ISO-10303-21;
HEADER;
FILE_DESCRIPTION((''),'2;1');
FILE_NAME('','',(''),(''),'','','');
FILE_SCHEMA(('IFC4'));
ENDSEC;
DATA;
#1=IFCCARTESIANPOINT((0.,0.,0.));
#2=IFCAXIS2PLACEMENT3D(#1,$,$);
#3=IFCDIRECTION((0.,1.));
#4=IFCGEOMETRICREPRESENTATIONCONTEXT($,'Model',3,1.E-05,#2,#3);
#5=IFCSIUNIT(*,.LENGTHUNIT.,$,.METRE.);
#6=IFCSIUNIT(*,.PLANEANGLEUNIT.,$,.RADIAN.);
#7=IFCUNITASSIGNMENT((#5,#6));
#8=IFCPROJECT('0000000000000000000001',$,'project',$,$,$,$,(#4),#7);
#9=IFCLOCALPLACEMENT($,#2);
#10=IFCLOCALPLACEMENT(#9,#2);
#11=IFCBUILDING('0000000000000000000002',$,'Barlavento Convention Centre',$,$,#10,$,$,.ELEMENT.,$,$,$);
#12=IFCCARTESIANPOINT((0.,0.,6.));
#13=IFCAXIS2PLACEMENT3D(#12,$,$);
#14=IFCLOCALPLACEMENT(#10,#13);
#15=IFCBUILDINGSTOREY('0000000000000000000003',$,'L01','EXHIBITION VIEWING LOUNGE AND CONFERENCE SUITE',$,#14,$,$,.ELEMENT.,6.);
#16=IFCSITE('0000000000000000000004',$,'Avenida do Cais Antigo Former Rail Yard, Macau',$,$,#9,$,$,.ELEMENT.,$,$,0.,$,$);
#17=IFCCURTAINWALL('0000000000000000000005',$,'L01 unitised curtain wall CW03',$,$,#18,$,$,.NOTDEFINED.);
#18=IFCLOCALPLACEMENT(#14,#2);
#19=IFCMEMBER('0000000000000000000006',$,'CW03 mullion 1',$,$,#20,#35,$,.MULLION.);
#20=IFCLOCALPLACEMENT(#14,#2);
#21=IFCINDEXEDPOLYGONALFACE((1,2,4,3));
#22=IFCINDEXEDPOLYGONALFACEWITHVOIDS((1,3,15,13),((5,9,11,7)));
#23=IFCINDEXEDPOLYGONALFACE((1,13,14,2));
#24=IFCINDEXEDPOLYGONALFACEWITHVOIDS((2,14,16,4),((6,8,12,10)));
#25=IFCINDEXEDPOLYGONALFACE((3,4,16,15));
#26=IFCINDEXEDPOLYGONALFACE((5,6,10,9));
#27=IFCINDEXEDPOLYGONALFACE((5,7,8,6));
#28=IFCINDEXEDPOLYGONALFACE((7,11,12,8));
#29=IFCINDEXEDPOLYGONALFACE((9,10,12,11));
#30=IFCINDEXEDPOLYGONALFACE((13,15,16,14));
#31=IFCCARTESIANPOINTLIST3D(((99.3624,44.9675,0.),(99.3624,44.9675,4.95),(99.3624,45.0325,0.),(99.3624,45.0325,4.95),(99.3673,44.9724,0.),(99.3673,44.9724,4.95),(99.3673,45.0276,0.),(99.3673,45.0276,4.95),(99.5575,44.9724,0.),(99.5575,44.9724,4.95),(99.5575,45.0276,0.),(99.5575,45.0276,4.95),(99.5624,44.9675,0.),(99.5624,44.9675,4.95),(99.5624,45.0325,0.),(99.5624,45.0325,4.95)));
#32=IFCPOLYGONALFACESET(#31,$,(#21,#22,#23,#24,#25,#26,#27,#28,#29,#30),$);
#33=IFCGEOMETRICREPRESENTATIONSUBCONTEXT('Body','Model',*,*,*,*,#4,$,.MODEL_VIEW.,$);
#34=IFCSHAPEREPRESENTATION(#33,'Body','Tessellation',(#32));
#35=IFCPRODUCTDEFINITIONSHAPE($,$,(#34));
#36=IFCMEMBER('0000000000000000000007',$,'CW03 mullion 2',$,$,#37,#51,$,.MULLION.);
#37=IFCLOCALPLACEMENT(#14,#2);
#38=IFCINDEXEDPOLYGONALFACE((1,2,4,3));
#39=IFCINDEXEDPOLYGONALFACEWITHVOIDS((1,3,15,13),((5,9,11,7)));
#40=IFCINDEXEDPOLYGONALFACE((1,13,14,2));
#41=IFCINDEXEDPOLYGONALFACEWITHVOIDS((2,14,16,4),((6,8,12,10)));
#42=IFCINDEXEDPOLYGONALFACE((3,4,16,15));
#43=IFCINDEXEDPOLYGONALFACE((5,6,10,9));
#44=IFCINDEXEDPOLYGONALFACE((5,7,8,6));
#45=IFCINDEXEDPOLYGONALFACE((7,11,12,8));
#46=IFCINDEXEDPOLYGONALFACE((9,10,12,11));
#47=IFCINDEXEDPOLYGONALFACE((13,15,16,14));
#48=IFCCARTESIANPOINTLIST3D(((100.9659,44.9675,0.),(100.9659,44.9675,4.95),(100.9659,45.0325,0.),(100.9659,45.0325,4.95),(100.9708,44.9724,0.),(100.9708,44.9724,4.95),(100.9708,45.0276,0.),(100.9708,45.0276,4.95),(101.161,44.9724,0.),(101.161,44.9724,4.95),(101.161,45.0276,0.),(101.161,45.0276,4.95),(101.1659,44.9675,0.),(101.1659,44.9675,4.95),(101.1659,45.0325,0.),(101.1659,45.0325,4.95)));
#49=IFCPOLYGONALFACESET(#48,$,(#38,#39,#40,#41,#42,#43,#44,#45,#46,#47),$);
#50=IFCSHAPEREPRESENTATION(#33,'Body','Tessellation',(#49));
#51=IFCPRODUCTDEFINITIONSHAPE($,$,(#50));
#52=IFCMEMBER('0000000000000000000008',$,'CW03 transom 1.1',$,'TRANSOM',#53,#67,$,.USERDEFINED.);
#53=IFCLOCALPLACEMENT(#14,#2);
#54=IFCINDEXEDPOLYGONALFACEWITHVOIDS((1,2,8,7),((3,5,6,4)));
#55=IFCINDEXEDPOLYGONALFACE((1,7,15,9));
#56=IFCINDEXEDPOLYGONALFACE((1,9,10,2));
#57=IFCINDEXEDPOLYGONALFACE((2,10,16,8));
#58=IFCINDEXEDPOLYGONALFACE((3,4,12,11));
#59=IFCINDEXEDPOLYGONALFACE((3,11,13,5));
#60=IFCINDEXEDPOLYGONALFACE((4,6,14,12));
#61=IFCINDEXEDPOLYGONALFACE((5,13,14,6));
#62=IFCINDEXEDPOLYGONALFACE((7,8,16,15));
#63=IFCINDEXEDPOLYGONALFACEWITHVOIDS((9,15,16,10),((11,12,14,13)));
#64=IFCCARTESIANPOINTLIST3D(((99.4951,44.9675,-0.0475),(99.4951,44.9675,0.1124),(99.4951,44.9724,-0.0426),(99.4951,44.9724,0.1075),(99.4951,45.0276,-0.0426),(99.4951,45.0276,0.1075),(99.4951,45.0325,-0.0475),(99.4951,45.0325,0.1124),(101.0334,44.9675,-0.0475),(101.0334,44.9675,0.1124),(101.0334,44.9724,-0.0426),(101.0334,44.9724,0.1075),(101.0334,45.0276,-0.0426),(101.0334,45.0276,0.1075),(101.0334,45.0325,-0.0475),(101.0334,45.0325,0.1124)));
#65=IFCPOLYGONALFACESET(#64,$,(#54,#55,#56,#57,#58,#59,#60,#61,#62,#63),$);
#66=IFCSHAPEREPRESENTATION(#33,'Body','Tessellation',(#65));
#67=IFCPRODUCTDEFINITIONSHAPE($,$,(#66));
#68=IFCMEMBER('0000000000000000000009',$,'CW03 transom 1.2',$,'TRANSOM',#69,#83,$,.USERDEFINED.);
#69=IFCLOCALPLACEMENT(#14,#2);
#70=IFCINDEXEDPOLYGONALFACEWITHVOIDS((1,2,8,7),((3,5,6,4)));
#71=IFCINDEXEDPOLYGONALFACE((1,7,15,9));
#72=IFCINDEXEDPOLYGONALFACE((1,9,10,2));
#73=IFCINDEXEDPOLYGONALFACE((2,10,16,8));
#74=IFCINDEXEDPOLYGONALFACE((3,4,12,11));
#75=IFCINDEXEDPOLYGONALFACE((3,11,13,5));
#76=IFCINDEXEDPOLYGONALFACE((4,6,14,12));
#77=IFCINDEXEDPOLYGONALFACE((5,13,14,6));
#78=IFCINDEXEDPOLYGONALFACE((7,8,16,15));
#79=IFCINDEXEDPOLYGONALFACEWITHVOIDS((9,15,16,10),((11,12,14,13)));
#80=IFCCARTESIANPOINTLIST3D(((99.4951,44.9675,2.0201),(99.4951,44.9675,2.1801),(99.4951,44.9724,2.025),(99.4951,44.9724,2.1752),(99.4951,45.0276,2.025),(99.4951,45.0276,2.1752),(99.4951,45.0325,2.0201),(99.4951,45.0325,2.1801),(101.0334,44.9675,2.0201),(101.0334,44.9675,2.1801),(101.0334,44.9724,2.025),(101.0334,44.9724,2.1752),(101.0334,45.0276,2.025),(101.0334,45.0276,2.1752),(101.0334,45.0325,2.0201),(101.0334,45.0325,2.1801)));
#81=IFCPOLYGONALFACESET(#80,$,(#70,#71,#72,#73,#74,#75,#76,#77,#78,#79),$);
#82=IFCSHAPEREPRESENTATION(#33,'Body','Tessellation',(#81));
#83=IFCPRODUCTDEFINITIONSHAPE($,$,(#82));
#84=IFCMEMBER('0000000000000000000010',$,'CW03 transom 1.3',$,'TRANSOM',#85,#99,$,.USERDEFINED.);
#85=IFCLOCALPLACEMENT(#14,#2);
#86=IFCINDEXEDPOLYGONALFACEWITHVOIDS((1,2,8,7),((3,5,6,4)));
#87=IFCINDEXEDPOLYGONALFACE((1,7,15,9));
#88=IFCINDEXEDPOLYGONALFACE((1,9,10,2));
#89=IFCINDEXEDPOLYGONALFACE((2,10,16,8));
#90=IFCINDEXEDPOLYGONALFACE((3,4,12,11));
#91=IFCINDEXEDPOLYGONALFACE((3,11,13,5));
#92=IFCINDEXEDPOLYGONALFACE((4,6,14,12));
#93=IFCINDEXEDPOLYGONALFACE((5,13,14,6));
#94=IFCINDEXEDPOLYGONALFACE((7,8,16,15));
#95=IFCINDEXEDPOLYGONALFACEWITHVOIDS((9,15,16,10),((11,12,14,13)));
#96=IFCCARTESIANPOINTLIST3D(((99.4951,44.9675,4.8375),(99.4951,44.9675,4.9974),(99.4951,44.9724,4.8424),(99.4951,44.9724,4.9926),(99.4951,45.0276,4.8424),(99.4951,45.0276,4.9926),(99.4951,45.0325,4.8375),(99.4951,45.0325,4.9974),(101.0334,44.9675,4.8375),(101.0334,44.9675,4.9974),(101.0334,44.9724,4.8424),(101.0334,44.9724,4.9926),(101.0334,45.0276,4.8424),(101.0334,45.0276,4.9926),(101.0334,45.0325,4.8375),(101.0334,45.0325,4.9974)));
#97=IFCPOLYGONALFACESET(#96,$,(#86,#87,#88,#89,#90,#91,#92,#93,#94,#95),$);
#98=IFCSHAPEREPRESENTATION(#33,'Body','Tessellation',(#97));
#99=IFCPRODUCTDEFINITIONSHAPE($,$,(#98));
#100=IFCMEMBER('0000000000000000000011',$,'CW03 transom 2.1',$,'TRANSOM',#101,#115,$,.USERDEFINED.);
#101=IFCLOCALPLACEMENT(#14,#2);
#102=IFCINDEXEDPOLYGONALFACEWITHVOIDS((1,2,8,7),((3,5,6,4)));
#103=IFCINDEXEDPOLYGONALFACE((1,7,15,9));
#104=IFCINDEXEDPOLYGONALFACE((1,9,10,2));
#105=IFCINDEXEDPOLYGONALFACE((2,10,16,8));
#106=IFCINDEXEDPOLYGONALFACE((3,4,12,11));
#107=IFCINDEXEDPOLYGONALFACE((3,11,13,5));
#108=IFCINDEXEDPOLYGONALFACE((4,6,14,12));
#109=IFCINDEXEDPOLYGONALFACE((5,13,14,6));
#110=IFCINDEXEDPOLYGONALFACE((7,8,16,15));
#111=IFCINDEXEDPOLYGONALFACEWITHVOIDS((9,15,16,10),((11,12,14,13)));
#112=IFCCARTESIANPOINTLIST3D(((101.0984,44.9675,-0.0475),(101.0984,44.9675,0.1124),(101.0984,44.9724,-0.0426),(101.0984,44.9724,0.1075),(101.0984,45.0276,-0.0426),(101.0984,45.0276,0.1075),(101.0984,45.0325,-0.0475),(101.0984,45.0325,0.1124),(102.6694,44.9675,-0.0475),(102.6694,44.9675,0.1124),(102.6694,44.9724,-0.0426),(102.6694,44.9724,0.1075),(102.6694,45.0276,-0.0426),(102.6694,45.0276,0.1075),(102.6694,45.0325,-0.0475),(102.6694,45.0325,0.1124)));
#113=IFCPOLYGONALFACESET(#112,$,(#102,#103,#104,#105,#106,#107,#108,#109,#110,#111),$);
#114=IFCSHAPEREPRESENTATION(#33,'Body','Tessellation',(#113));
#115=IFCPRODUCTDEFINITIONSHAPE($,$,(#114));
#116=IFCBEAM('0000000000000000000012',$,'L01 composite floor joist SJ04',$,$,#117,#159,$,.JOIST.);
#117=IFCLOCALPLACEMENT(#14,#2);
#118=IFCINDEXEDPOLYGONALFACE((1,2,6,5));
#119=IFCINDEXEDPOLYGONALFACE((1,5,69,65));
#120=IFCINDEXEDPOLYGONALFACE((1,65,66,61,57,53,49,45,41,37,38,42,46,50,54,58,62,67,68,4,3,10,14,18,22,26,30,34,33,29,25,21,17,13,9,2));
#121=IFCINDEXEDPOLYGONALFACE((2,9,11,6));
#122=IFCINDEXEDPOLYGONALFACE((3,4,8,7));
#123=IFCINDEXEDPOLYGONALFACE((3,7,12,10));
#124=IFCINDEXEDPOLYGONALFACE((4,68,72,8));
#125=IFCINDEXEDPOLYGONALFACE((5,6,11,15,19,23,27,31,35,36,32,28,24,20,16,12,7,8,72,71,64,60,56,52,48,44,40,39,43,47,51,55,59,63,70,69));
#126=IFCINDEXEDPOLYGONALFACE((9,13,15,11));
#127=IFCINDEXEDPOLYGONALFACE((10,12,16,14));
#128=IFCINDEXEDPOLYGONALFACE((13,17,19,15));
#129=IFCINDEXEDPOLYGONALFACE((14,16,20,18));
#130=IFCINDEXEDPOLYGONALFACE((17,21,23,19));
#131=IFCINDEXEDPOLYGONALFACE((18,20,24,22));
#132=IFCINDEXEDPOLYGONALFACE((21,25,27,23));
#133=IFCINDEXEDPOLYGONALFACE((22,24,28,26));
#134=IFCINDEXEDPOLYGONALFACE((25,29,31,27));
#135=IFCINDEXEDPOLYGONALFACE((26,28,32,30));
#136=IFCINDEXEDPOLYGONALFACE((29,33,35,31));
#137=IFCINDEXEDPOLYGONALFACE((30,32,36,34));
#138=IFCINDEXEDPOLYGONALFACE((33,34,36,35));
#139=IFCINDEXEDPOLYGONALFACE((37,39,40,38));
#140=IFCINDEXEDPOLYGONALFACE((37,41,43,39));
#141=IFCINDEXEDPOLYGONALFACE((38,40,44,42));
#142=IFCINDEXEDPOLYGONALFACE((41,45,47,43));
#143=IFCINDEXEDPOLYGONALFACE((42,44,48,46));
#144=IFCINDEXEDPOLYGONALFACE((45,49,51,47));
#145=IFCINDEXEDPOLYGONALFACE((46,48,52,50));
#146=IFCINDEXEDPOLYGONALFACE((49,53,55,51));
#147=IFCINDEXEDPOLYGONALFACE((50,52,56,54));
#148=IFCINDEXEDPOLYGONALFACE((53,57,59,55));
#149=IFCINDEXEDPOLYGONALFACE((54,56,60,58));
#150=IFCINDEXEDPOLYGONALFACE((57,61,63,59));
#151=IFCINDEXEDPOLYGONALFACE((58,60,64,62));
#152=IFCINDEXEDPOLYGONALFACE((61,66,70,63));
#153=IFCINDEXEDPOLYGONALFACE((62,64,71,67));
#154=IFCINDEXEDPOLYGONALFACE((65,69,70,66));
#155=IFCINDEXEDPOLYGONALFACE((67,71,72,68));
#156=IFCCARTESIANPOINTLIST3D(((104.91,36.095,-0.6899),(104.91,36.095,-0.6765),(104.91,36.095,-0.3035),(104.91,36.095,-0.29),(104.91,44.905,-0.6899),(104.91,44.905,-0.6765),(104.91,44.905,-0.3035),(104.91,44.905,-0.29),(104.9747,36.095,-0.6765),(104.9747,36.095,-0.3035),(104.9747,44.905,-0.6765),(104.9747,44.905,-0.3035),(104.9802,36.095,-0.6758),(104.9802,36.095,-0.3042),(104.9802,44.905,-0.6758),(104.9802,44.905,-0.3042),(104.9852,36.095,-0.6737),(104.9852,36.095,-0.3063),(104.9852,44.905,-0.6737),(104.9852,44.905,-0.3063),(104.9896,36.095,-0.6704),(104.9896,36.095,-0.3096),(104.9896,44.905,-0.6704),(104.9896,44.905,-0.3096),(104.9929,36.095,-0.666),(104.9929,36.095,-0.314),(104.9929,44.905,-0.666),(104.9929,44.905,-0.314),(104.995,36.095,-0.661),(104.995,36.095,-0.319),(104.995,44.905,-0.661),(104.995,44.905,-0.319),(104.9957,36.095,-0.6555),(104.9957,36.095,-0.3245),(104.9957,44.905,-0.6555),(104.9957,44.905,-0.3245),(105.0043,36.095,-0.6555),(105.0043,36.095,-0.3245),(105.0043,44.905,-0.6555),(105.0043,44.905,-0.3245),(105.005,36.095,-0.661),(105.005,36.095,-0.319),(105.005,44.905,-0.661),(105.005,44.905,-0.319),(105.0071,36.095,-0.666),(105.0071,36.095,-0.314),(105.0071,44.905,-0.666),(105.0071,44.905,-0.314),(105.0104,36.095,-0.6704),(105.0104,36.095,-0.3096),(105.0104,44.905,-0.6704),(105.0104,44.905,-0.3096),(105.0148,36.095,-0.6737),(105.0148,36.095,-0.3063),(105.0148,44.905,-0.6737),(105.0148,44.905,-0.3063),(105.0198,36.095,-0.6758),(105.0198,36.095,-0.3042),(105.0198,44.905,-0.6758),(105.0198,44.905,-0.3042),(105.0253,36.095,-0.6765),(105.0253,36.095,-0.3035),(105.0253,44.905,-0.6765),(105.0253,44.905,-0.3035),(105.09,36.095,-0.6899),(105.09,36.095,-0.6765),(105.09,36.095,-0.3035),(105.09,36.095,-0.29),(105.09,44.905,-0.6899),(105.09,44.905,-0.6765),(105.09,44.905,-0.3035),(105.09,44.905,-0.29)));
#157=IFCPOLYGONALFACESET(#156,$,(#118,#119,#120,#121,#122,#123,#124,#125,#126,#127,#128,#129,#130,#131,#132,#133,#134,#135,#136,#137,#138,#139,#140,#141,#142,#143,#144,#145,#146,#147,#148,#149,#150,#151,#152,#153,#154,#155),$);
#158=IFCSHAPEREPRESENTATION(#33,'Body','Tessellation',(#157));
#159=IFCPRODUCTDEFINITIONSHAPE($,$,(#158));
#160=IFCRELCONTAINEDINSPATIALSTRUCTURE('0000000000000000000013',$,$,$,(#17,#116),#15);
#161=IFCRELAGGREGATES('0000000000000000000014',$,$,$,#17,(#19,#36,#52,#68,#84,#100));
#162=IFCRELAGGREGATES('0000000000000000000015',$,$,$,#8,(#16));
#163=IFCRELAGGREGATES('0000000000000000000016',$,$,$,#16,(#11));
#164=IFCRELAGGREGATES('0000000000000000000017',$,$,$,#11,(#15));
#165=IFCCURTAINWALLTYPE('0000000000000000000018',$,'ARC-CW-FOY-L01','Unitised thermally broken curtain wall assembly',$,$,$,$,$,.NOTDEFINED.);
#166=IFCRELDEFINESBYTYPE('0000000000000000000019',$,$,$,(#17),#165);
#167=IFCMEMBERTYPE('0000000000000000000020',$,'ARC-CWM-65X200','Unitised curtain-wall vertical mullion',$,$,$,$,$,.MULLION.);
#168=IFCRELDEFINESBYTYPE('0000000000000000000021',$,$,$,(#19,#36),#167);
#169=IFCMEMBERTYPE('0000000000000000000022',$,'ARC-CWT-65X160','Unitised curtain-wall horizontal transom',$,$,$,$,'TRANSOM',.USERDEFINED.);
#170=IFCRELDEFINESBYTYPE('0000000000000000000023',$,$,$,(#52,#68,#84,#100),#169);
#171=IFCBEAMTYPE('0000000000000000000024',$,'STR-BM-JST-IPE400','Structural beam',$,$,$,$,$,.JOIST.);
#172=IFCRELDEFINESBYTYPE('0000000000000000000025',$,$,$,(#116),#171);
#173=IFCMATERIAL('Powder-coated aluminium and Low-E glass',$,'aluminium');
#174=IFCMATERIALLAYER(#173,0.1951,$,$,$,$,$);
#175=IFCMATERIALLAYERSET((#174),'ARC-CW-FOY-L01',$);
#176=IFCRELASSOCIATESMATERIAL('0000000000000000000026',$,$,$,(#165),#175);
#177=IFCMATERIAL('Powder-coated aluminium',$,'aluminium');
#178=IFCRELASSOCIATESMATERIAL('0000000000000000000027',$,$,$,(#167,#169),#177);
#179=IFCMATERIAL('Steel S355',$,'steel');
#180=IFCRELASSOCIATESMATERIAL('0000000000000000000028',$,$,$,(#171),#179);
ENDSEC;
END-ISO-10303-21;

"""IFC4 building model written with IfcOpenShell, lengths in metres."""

from ifc_helpers import new_model, si_unit, direction, frame, origin, origin_2d, place, context, subcontext, project, spatial, hollow_rectangle, i_section, extrude, material, layer, layer_set, material_profile, profile_set, type_object, element, aggregate, save


model = new_model("IFC4")

# Units and contexts
model_context = context("Model", 3, precision=1e-05, world=origin(), true_north=direction((0.0, 1.0)))
body_context = subcontext(model_context, "Body", "Model", "MODEL_VIEW")
ifc_project = project(units=[si_unit("LENGTHUNIT", "METRE"), si_unit("PLANEANGLEUNIT", "RADIAN")], contexts=[model_context])

# Site, building, storey
site_placement = place(None, origin())
site = spatial("IfcSite", under=ifc_project, at=site_placement, Name="Avenida do Cais Antigo Former Rail Yard, Macau", CompositionType="ELEMENT", RefElevation=0.0)
building_placement = place(site_placement, origin())
building = spatial("IfcBuilding", under=site, at=building_placement, Name="Barlavento Convention Centre", CompositionType="ELEMENT")
storey_placement = place(building_placement, frame((0.0, 0.0, 6.0)))
storey = spatial("IfcBuildingStorey", under=building, at=storey_placement, Name="L01", Description="EXHIBITION VIEWING LOUNGE AND CONFERENCE SUITE", CompositionType="ELEMENT", Elevation=6.0)

# Curtain wall, members
ifc_material_1 = material(Name="Powder-coated aluminium and Low-E glass", Category="aluminium")
ifc_layer_1 = layer(ifc_material_1, 0.1951)
ifc_layer_set_1 = layer_set([ifc_layer_1], Name="ARC-CW-FOY-L01")
curtain_wall_type = type_object("IfcCurtainWallType", Name="ARC-CW-FOY-L01", Description="Unitised thermally broken curtain wall assembly", PredefinedType="NOTDEFINED", material=ifc_layer_set_1)
curtain_wall_placement = place(storey_placement, origin())
curtain_wall = element("IfcCurtainWall", 1, at=curtain_wall_placement, inside=storey, type_object=curtain_wall_type, Name="L01 unitised curtain wall CW03", PredefinedType="NOTDEFINED")
ifc_material_2 = material(Name="Powder-coated aluminium", Category="aluminium")
ifc_material_profile_1 = material_profile(ifc_material_2, hollow_rectangle(XDim=0.0649, YDim=0.2, WallThickness=0.0049, at=origin_2d()), Name="AL-MULL 65x200x5")
ifc_profile_set_1 = profile_set([ifc_material_profile_1], Name="Powder-coated aluminium")
member_type_1 = type_object("IfcMemberType", Name="ARC-CWM-65X200", Description="Unitised curtain-wall vertical mullion", PredefinedType="MULLION", material=ifc_profile_set_1)
member_1_placement = place(storey_placement, frame((99.4624, 45.0, 0.0), z_axis=(0.0, 0.0, 1.0), x_axis=(0.0, 1.0, 0.0)))
member_1 = element("IfcMember", 2, at=member_1_placement, type_object=member_type_1, Name="CW03 mullion 1", PredefinedType="MULLION", context=body_context, shape_type="SweptSolid", body=[
    extrude(hollow_rectangle(XDim=0.0649, YDim=0.2, WallThickness=0.0049, at=origin_2d()), origin(), (0.0, 0.0, 1.0), 4.95),
])
member_2_placement = place(storey_placement, frame((101.0659, 45.0, 0.0), z_axis=(0.0, 0.0, 1.0), x_axis=(0.0, 1.0, 0.0)))
member_2 = element("IfcMember", 3, at=member_2_placement, type_object=member_type_1, Name="CW03 mullion 2", PredefinedType="MULLION", context=body_context, shape_type="SweptSolid", body=[
    extrude(hollow_rectangle(XDim=0.0649, YDim=0.2, WallThickness=0.0049, at=origin_2d()), origin(), (0.0, 0.0, 1.0), 4.95),
])
ifc_material_profile_2 = material_profile(ifc_material_2, hollow_rectangle(XDim=0.0649, YDim=0.1599, WallThickness=0.0049, at=origin_2d()), Name="AL-TRAN 65x160x5")
ifc_profile_set_2 = profile_set([ifc_material_profile_2], Name="Powder-coated aluminium")
member_type_2 = type_object("IfcMemberType", Name="ARC-CWT-65X160", Description="Unitised curtain-wall horizontal transom", ElementType="TRANSOM", PredefinedType="USERDEFINED", material=ifc_profile_set_2)
member_3_placement = place(storey_placement, frame((99.4951, 45.0, 0.0325), z_axis=(1.0, 0.0, 0.0), x_axis=(0.0, 1.0, 0.0)))
member_3 = element("IfcMember", 4, at=member_3_placement, type_object=member_type_2, Name="CW03 transom 1.1", ObjectType="TRANSOM", PredefinedType="USERDEFINED", context=body_context, shape_type="SweptSolid", body=[
    extrude(hollow_rectangle(XDim=0.0649, YDim=0.1599, WallThickness=0.0049, at=origin_2d()), origin(), (0.0, 0.0, 1.0), 1.5383),
])
member_4_placement = place(storey_placement, frame((99.4951, 45.0, 2.1001), z_axis=(1.0, 0.0, 0.0), x_axis=(0.0, 1.0, 0.0)))
member_4 = element("IfcMember", 5, at=member_4_placement, type_object=member_type_2, Name="CW03 transom 1.2", ObjectType="TRANSOM", PredefinedType="USERDEFINED", context=body_context, shape_type="SweptSolid", body=[
    extrude(hollow_rectangle(XDim=0.0649, YDim=0.1599, WallThickness=0.0049, at=origin_2d()), origin(), (0.0, 0.0, 1.0), 1.5383),
])
member_5_placement = place(storey_placement, frame((99.4951, 45.0, 4.9175), z_axis=(1.0, 0.0, 0.0), x_axis=(0.0, 1.0, 0.0)))
member_5 = element("IfcMember", 6, at=member_5_placement, type_object=member_type_2, Name="CW03 transom 1.3", ObjectType="TRANSOM", PredefinedType="USERDEFINED", context=body_context, shape_type="SweptSolid", body=[
    extrude(hollow_rectangle(XDim=0.0649, YDim=0.1599, WallThickness=0.0049, at=origin_2d()), origin(), (0.0, 0.0, 1.0), 1.5383),
])
member_6_placement = place(storey_placement, frame((101.0984, 45.0, 0.0325), z_axis=(1.0, 0.0, 0.0), x_axis=(0.0, 1.0, 0.0)))
member_6 = element("IfcMember", 7, at=member_6_placement, type_object=member_type_2, Name="CW03 transom 2.1", ObjectType="TRANSOM", PredefinedType="USERDEFINED", context=body_context, shape_type="SweptSolid", body=[
    extrude(hollow_rectangle(XDim=0.0649, YDim=0.1599, WallThickness=0.0049, at=origin_2d()), origin(), (0.0, 0.0, 1.0), 1.571),
])

# Beam
ifc_material_3 = material(Name="Steel S355", Category="steel")
ifc_material_profile_3 = material_profile(ifc_material_3, i_section(OverallWidth=0.1799, OverallDepth=0.3999, WebThickness=0.0085, FlangeThickness=0.0134, FilletRadius=0.021, at=origin_2d()), Name="IPE 400")
ifc_profile_set_3 = profile_set([ifc_material_profile_3], Name="Steel S355")
beam_type_1 = type_object("IfcBeamType", Name="STR-BM-JST-IPE400", Description="Structural beam", PredefinedType="JOIST", material=ifc_profile_set_3)
beam_1_placement = place(storey_placement, frame((105.0, 36.095, -0.49), z_axis=(0.0, 1.0, 0.0), x_axis=(-1.0, 0.0, 0.0)))
element("IfcBeam", 8, at=beam_1_placement, inside=storey, type_object=beam_type_1, Name="L01 composite floor joist SJ04", PredefinedType="JOIST", context=body_context, shape_type="SweptSolid", body=[
    extrude(i_section(OverallWidth=0.1799, OverallDepth=0.3999, WebThickness=0.0085, FlangeThickness=0.0134, FilletRadius=0.021, at=origin_2d()), origin(), (0.0, 0.0, 1.0), 8.8101),
])

aggregate(curtain_wall, [member_1, member_2, member_3, member_4, member_5, member_6])

save(model, "model.ifc")
